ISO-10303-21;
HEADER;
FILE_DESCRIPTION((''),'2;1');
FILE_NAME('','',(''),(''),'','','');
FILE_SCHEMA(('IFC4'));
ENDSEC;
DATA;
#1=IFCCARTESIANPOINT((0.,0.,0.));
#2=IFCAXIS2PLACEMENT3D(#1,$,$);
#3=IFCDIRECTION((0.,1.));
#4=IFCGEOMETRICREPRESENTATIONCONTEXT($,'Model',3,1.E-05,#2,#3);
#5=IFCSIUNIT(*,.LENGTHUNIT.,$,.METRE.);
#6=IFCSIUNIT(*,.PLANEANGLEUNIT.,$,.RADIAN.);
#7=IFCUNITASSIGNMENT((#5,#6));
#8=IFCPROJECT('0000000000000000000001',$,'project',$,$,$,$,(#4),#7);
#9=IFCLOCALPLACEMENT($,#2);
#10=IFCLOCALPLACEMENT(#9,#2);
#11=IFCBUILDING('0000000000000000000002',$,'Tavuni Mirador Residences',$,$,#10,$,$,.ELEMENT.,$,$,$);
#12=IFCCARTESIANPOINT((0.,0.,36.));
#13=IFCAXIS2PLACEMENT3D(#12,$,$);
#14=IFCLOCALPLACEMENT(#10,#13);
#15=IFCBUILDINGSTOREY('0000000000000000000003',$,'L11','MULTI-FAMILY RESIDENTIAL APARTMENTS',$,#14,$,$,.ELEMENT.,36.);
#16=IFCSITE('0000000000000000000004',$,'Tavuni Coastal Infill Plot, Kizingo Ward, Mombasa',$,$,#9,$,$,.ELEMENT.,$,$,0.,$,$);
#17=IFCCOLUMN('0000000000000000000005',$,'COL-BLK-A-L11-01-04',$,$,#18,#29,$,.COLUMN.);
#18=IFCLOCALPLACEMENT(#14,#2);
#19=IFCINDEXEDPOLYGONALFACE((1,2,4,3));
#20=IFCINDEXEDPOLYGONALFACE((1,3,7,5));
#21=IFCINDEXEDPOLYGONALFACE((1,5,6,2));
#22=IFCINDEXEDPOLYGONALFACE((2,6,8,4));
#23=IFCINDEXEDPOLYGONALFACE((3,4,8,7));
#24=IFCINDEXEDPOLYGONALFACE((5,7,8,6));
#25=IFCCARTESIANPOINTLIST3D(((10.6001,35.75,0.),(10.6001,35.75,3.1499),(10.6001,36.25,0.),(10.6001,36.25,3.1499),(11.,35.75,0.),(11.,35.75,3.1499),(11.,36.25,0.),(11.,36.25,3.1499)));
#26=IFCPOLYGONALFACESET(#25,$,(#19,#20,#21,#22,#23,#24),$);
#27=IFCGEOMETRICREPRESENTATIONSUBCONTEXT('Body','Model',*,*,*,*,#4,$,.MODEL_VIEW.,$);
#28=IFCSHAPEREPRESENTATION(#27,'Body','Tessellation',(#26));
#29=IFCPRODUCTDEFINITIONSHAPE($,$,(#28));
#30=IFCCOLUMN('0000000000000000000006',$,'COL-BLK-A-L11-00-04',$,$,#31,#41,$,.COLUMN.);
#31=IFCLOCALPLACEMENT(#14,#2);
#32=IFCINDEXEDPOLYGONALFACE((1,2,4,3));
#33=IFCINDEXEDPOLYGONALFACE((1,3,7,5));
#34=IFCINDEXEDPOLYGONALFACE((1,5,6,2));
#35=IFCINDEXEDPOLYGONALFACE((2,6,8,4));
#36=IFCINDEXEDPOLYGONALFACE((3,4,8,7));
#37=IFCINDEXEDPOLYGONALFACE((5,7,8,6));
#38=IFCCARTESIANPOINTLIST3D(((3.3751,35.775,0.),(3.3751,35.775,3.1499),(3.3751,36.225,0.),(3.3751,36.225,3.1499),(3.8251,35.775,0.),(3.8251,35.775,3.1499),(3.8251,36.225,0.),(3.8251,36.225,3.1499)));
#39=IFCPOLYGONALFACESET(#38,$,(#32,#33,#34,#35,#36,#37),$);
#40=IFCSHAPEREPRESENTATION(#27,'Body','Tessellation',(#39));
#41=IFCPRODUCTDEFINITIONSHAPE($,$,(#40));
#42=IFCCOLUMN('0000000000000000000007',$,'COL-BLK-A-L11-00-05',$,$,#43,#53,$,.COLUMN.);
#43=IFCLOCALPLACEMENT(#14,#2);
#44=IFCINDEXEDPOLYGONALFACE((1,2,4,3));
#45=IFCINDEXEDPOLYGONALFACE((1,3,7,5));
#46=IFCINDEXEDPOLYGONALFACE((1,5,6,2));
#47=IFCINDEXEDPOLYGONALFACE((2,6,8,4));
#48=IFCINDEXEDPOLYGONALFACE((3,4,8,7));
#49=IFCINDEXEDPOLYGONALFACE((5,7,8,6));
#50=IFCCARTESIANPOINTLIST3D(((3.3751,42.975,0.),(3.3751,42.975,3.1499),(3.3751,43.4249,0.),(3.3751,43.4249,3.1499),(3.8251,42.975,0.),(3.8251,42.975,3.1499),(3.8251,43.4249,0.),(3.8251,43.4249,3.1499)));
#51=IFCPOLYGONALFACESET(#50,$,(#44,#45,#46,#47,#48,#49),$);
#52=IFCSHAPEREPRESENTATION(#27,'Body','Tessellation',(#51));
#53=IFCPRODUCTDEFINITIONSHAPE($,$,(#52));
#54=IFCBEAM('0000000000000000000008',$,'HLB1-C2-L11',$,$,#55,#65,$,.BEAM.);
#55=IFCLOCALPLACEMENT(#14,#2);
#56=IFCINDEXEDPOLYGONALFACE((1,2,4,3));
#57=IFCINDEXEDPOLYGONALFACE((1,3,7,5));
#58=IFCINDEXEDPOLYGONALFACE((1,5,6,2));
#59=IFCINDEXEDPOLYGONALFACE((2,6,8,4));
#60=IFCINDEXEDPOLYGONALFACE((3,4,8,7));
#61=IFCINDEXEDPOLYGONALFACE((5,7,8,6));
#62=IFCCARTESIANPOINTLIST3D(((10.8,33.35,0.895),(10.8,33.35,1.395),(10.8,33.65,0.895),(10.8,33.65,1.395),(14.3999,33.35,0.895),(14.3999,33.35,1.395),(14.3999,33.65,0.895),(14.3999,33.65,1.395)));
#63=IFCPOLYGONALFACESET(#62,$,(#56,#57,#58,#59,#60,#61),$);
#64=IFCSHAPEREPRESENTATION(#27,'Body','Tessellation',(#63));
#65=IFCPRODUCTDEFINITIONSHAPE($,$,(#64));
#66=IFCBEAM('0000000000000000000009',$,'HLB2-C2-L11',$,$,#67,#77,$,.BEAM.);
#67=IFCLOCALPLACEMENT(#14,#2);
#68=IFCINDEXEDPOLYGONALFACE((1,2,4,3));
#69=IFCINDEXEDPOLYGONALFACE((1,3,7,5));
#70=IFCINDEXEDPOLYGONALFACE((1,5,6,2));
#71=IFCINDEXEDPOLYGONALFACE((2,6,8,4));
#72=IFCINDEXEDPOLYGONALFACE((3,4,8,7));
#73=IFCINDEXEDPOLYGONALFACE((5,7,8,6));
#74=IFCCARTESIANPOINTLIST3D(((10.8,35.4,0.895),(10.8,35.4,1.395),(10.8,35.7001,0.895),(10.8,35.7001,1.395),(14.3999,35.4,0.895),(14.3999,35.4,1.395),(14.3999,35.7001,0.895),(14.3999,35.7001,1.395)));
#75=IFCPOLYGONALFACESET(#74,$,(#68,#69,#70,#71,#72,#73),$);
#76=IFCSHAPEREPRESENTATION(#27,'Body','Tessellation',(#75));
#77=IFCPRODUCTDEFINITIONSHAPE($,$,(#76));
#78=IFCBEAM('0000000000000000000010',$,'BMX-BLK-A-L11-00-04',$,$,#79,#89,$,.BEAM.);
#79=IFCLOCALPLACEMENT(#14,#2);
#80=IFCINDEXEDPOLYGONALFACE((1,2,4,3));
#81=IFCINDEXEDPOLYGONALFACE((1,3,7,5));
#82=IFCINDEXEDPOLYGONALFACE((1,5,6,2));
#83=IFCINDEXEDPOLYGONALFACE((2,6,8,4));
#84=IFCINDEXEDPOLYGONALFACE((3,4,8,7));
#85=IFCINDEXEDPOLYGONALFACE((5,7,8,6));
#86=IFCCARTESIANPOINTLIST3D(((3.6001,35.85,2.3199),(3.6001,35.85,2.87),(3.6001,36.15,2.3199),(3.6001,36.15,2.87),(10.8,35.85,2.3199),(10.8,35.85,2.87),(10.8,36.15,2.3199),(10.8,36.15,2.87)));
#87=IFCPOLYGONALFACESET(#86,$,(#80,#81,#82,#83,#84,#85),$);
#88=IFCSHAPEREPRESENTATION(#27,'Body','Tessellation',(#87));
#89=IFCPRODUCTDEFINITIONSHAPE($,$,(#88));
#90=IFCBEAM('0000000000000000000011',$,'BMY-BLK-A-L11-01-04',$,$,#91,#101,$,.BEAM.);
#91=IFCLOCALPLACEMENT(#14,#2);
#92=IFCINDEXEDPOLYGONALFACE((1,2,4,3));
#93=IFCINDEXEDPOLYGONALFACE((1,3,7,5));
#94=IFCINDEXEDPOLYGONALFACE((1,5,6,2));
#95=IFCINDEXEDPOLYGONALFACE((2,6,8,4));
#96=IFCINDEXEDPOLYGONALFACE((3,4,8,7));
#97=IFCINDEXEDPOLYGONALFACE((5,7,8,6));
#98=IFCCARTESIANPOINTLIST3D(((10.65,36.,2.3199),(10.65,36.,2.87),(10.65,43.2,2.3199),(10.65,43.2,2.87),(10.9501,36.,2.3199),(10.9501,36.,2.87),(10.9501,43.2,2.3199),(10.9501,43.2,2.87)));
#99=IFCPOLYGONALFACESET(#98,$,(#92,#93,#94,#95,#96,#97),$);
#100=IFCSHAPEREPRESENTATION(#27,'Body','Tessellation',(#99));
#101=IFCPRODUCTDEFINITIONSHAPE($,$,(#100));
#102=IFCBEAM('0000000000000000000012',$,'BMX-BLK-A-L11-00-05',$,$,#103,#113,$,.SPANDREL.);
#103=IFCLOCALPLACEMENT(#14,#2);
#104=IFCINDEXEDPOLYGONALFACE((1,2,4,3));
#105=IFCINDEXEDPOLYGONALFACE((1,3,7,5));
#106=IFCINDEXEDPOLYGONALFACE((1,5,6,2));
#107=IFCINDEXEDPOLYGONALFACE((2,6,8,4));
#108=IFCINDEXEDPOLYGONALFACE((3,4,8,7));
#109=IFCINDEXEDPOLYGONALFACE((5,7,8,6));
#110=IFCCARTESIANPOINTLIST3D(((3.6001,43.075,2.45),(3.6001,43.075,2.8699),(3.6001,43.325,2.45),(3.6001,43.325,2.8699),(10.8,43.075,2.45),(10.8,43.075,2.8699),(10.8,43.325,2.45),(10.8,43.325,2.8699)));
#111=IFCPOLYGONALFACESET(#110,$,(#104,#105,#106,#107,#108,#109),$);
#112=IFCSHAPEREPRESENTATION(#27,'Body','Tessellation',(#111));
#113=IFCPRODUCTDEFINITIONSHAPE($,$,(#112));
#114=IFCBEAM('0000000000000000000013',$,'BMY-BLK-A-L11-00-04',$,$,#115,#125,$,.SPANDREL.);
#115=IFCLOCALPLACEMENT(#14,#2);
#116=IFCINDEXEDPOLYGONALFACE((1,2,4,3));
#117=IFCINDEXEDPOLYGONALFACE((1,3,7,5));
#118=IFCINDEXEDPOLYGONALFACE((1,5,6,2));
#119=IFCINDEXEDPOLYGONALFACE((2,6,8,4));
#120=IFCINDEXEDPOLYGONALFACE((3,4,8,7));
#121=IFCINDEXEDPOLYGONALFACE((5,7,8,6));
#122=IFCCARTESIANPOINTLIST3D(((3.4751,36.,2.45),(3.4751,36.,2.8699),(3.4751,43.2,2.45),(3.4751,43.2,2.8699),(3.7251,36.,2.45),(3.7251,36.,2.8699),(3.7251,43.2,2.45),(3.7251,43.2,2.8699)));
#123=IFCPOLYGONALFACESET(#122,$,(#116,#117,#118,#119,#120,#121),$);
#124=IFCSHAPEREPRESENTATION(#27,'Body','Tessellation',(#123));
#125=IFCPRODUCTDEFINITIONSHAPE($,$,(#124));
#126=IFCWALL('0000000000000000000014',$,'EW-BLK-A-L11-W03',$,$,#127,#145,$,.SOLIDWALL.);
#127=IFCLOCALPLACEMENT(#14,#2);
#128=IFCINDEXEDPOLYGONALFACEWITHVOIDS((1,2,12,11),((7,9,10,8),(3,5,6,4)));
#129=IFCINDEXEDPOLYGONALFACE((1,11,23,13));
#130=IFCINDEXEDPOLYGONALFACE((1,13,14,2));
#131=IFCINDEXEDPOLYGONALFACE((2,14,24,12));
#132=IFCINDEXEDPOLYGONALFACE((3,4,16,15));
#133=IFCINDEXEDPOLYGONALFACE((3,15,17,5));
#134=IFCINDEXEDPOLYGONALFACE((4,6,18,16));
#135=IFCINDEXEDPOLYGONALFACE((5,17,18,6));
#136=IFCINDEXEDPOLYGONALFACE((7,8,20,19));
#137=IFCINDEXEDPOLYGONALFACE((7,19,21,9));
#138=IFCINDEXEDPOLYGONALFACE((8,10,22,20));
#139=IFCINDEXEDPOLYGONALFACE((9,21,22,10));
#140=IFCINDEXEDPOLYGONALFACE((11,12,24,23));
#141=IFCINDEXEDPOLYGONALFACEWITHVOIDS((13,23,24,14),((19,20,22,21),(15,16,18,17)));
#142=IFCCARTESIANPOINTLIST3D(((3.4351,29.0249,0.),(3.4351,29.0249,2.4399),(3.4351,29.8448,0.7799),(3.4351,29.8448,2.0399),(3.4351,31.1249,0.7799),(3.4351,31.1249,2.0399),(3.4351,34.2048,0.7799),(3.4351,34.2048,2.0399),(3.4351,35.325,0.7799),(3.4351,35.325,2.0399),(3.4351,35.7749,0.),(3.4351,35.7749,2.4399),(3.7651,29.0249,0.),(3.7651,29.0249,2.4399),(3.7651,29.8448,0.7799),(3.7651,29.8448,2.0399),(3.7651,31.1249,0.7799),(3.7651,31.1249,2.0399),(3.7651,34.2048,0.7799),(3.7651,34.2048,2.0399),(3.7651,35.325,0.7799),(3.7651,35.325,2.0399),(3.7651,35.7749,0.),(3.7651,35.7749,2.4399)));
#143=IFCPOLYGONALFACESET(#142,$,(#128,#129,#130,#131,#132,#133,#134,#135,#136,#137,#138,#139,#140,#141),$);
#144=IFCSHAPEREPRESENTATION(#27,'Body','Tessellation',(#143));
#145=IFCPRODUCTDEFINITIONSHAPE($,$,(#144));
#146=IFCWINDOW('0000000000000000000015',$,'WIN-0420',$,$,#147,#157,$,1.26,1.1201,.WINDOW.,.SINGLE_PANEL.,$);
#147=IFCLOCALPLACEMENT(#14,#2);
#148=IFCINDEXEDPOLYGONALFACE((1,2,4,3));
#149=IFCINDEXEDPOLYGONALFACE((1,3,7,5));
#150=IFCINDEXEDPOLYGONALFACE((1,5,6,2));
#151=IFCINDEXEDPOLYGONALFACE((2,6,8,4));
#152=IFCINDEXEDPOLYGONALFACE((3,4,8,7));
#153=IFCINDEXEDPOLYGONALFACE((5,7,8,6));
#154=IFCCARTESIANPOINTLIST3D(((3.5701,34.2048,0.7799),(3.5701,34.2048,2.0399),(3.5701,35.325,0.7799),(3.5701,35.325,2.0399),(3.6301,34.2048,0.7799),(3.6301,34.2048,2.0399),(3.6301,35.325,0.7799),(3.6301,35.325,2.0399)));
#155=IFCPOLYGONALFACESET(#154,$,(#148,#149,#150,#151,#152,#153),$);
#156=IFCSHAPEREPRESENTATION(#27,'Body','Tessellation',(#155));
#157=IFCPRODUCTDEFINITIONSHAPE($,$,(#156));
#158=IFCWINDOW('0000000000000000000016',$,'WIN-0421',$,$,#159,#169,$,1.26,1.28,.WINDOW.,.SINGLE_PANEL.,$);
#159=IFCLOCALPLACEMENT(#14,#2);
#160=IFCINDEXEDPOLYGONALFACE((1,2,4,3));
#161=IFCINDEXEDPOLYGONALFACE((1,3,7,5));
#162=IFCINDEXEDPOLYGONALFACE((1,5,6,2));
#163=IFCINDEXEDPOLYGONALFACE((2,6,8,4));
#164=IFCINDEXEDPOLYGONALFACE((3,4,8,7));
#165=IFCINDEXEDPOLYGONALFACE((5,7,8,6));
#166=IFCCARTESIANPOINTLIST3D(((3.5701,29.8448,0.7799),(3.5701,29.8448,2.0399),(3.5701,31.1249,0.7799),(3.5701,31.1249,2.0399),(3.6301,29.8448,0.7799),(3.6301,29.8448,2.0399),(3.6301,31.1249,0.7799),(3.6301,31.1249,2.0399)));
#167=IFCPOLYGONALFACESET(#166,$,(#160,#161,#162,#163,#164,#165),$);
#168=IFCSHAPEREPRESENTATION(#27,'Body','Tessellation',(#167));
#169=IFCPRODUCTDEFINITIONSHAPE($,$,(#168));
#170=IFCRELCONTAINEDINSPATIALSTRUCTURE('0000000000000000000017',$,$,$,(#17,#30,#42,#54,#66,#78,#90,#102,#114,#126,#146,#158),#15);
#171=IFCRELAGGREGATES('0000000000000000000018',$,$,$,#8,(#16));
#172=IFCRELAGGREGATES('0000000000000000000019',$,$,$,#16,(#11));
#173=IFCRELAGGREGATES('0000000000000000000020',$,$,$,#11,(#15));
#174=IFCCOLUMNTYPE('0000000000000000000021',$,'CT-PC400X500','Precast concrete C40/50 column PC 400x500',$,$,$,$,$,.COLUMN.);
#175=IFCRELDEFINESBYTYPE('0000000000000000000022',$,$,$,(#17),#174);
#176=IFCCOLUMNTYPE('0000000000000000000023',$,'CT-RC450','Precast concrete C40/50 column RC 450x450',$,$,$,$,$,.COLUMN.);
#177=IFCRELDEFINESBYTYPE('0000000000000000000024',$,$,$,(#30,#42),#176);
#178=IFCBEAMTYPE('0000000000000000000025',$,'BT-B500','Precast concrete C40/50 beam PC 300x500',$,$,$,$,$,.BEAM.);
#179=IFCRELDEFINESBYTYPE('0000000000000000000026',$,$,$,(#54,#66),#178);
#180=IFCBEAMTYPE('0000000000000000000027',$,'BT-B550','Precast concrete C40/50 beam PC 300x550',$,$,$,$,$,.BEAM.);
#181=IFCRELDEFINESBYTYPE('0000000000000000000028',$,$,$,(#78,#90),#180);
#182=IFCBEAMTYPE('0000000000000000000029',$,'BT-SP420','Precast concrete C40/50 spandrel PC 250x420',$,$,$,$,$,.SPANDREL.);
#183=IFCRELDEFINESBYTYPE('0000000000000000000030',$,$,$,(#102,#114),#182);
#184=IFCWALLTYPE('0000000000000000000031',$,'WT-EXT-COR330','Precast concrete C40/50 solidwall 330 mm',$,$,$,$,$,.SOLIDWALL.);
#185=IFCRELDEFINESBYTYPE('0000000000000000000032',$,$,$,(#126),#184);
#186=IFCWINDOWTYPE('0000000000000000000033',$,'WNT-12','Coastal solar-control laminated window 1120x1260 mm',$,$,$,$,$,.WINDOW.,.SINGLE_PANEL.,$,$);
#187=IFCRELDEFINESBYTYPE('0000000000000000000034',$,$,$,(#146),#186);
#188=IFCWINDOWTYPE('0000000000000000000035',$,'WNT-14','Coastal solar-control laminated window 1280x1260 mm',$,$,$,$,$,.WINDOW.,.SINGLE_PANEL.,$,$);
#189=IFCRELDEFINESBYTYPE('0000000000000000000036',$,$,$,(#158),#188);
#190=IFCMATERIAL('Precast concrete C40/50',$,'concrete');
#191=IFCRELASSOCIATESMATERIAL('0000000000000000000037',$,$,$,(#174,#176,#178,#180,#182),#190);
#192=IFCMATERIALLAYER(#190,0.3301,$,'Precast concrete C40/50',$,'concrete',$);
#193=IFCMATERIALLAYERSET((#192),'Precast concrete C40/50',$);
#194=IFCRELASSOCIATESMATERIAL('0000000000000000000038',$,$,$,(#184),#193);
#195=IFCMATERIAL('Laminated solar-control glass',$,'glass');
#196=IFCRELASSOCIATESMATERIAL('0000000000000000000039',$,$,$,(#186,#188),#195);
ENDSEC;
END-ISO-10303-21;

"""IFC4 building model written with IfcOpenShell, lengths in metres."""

from ifc_helpers import new_model, si_unit, direction, frame, frame_2d, origin, origin_2d, place, context, subcontext, project, spatial, rectangle, extrude, material, layer, layer_set, material_profile, profile_set, type_object, element, fill, save


model = new_model("IFC4")

# Units and contexts
model_context = context("Model", 3, precision=1e-05, world=origin(), true_north=direction((0.0, 1.0)))
body_context = subcontext(model_context, "Body", "Model", "MODEL_VIEW")
ifc_project = project(units=[si_unit("LENGTHUNIT", "METRE"), si_unit("PLANEANGLEUNIT", "RADIAN")], contexts=[model_context])

# Site, building, storey
site_placement = place(None, origin())
site = spatial("IfcSite", under=ifc_project, at=site_placement, Name="Tavuni Coastal Infill Plot, Kizingo Ward, Mombasa", CompositionType="ELEMENT", RefElevation=0.0)
building_placement = place(site_placement, origin())
building = spatial("IfcBuilding", under=site, at=building_placement, Name="Tavuni Mirador Residences", CompositionType="ELEMENT")
storey_placement = place(building_placement, frame((0.0, 0.0, 36.0)))
storey = spatial("IfcBuildingStorey", under=building, at=storey_placement, Name="L11", Description="MULTI-FAMILY RESIDENTIAL APARTMENTS", CompositionType="ELEMENT", Elevation=36.0)

# Columns
ifc_material_1 = material(Name="Precast concrete C40/50", Category="concrete")
ifc_material_profile_1 = material_profile(ifc_material_1, rectangle(XDim=0.3999, YDim=0.5, at=origin_2d()), Name="PC 400x500", Category="concrete")
ifc_profile_set_1 = profile_set([ifc_material_profile_1], Name="Precast concrete C40/50")
column_type_1 = type_object("IfcColumnType", Name="CT-PC400X500", Description="Precast concrete C40/50 column PC 400x500", PredefinedType="COLUMN", material=ifc_profile_set_1)
column_placement = place(storey_placement, frame((10.8, 36.0, 0.0), z_axis=(0.0, 0.0, 1.0), x_axis=(1.0, 0.0, 0.0)))
element("IfcColumn", 1, at=column_placement, inside=storey, type_object=column_type_1, Name="COL-BLK-A-L11-01-04", PredefinedType="COLUMN", context=body_context, shape_type="SweptSolid", body=[
    extrude(rectangle(XDim=0.3999, YDim=0.5, at=origin_2d()), origin(), (0.0, 0.0, 1.0), 3.1499),
])
ifc_material_profile_2 = material_profile(ifc_material_1, rectangle(XDim=0.45, YDim=0.45, at=origin_2d()), Name="RC 450x450", Category="concrete")
ifc_profile_set_2 = profile_set([ifc_material_profile_2], Name="Precast concrete C40/50")
column_type_2 = type_object("IfcColumnType", Name="CT-RC450", Description="Precast concrete C40/50 column RC 450x450", PredefinedType="COLUMN", material=ifc_profile_set_2)
for number, where, z_axis, x_axis, name in (
    (2, (3.6001, 36.0, 0.0), (0.0, 0.0, 1.0), (1.0, 0.0, 0.0), "COL-BLK-A-L11-00-04"),
    (3, (3.6001, 43.2, 0.0), (0.0, 0.0, 1.0), (1.0, 0.0, 0.0), "COL-BLK-A-L11-00-05"),
):
    element("IfcColumn", number, at=place(storey_placement, frame(where, z_axis=z_axis, x_axis=x_axis)), inside=storey, type_object=column_type_2, Name=name, PredefinedType="COLUMN", context=body_context, shape_type="SweptSolid", body=[
        extrude(rectangle(XDim=0.45, YDim=0.45, at=origin_2d()), origin(), (0.0, 0.0, 1.0), 3.1499),
    ])

# Beams
ifc_material_profile_3 = material_profile(ifc_material_1, rectangle(XDim=0.3, YDim=0.5, at=origin_2d()), Name="PC 300x500", Category="concrete")
ifc_profile_set_3 = profile_set([ifc_material_profile_3], Name="Precast concrete C40/50")
beam_type_1 = type_object("IfcBeamType", Name="BT-B500", Description="Precast concrete C40/50 beam PC 300x500", PredefinedType="BEAM", material=ifc_profile_set_3)
for number, where, z_axis, x_axis, name in (
    (4, (10.8, 33.5, 1.145), (1.0, 0.0, 0.0), (0.0, 1.0, 0.0), "HLB1-C2-L11"),
    (5, (10.8, 35.55, 1.145), (1.0, 0.0, 0.0), (0.0, 1.0, 0.0), "HLB2-C2-L11"),
):
    element("IfcBeam", number, at=place(storey_placement, frame(where, z_axis=z_axis, x_axis=x_axis)), inside=storey, type_object=beam_type_1, Name=name, PredefinedType="BEAM", context=body_context, shape_type="SweptSolid", body=[
        extrude(rectangle(XDim=0.3, YDim=0.5, at=origin_2d()), origin(), (0.0, 0.0, 1.0), 3.5999),
    ])
ifc_material_profile_4 = material_profile(ifc_material_1, rectangle(XDim=0.3, YDim=0.55, at=origin_2d()), Name="PC 300x550", Category="concrete")
ifc_profile_set_4 = profile_set([ifc_material_profile_4], Name="Precast concrete C40/50")
beam_type_2 = type_object("IfcBeamType", Name="BT-B550", Description="Precast concrete C40/50 beam PC 300x550", PredefinedType="BEAM", material=ifc_profile_set_4)
for number, where, z_axis, x_axis, name in (
    (6, (3.6001, 36.0, 2.595), (1.0, 0.0, 0.0), (0.0, 1.0, 0.0), "BMX-BLK-A-L11-00-04"),
    (7, (10.8, 36.0, 2.595), (0.0, 1.0, 0.0), (-1.0, 0.0, 0.0), "BMY-BLK-A-L11-01-04"),
):
    element("IfcBeam", number, at=place(storey_placement, frame(where, z_axis=z_axis, x_axis=x_axis)), inside=storey, type_object=beam_type_2, Name=name, PredefinedType="BEAM", context=body_context, shape_type="SweptSolid", body=[
        extrude(rectangle(XDim=0.3, YDim=0.55, at=origin_2d()), origin(), (0.0, 0.0, 1.0), 7.2),
    ])
ifc_material_profile_5 = material_profile(ifc_material_1, rectangle(XDim=0.25, YDim=0.4199, at=origin_2d()), Name="PC 250x420", Category="concrete")
ifc_profile_set_5 = profile_set([ifc_material_profile_5], Name="Precast concrete C40/50")
beam_type_3 = type_object("IfcBeamType", Name="BT-SP420", Description="Precast concrete C40/50 spandrel PC 250x420", PredefinedType="SPANDREL", material=ifc_profile_set_5)
for number, where, z_axis, x_axis, name in (
    (8, (3.6001, 43.2, 2.6599), (1.0, 0.0, 0.0), (0.0, 1.0, 0.0), "BMX-BLK-A-L11-00-05"),
    (9, (3.6001, 36.0, 2.6599), (0.0, 1.0, 0.0), (-1.0, 0.0, 0.0), "BMY-BLK-A-L11-00-04"),
):
    element("IfcBeam", number, at=place(storey_placement, frame(where, z_axis=z_axis, x_axis=x_axis)), inside=storey, type_object=beam_type_3, Name=name, PredefinedType="SPANDREL", context=body_context, shape_type="SweptSolid", body=[
        extrude(rectangle(XDim=0.25, YDim=0.4199, at=origin_2d()), origin(), (0.0, 0.0, 1.0), 7.2),
    ])

# Wall, openings, windows
ifc_layer_1 = layer(ifc_material_1, 0.3301, Name="Precast concrete C40/50", Category="concrete")
ifc_layer_set_1 = layer_set([ifc_layer_1], Name="Precast concrete C40/50")
wall_type_1 = type_object("IfcWallType", Name="WT-EXT-COR330", Description="Precast concrete C40/50 solidwall 330 mm", PredefinedType="SOLIDWALL", material=ifc_layer_set_1)
wall_1_placement = place(storey_placement, frame((3.6001, 35.7749, 0.0), z_axis=(0.0, 0.0, 1.0), x_axis=(0.0, -1.0, 0.0)))
wall_1 = element("IfcWall", 10, at=wall_1_placement, inside=storey, type_object=wall_type_1, Name="EW-BLK-A-L11-W03", PredefinedType="SOLIDWALL", context=body_context, shape_type="SweptSolid", body=[
    extrude(rectangle(XDim=6.75, YDim=0.3301, at=frame_2d((3.375, 0.0))), origin(), (0.0, 0.0, 1.0), 2.4399),
])
opening_1_placement = place(wall_1_placement, frame((0.45, 0.0, 0.78)))
opening_1 = element("IfcOpeningElement", 11, at=opening_1_placement, cuts=wall_1, PredefinedType="OPENING", context=body_context, shape_type="SweptSolid", body=[
    extrude(rectangle(XDim=1.1201, YDim=1.26, at=frame_2d((0.5601, 0.6299))), frame((0.0, 0.175, 0.0), z_axis=(0.0, -1.0, 0.0), x_axis=(1.0, 0.0, 0.0)), (0.0, 0.0, 1.0), 0.3501),
])
opening_2_placement = place(wall_1_placement, frame((4.6499, 0.0, 0.78)))
opening_2 = element("IfcOpeningElement", 12, at=opening_2_placement, cuts=wall_1, PredefinedType="OPENING", context=body_context, shape_type="SweptSolid", body=[
    extrude(rectangle(XDim=1.28, YDim=1.26, at=frame_2d((0.6401, 0.6299))), frame((0.0, 0.175, 0.0), z_axis=(0.0, -1.0, 0.0), x_axis=(1.0, 0.0, 0.0)), (0.0, 0.0, 1.0), 0.3501),
])
ifc_material_2 = material(Name="Laminated solar-control glass", Category="glass")
window_type_1 = type_object("IfcWindowType", Name="WNT-12", Description="Coastal solar-control laminated window 1120x1260 mm", PartitioningType="SINGLE_PANEL", PredefinedType="WINDOW", material=ifc_material_2)
window_1_placement = place(opening_1_placement, origin())
window_1 = element("IfcWindow", 13, at=window_1_placement, inside=storey, type_object=window_type_1, Name="WIN-0420", OverallHeight=1.26, OverallWidth=1.1201, PartitioningType="SINGLE_PANEL", PredefinedType="WINDOW", context=body_context, shape_type="SweptSolid", body=[
    extrude(rectangle(XDim=1.1201, YDim=1.26, at=frame_2d((0.5601, 0.6299))), frame((0.0, 0.03, 0.0), z_axis=(0.0, -1.0, 0.0), x_axis=(1.0, 0.0, 0.0)), (0.0, 0.0, 1.0), 0.0601),
])
fill(opening_1, window_1)
window_type_2 = type_object("IfcWindowType", Name="WNT-14", Description="Coastal solar-control laminated window 1280x1260 mm", PartitioningType="SINGLE_PANEL", PredefinedType="WINDOW", material=ifc_material_2)
window_2_placement = place(opening_2_placement, origin())
window_2 = element("IfcWindow", 14, at=window_2_placement, inside=storey, type_object=window_type_2, Name="WIN-0421", OverallHeight=1.26, OverallWidth=1.28, PartitioningType="SINGLE_PANEL", PredefinedType="WINDOW", context=body_context, shape_type="SweptSolid", body=[
    extrude(rectangle(XDim=1.28, YDim=1.26, at=frame_2d((0.6401, 0.6299))), frame((0.0, 0.03, 0.0), z_axis=(0.0, -1.0, 0.0), x_axis=(1.0, 0.0, 0.0)), (0.0, 0.0, 1.0), 0.0601),
])
fill(opening_2, window_2)

save(model, "model.ifc")
